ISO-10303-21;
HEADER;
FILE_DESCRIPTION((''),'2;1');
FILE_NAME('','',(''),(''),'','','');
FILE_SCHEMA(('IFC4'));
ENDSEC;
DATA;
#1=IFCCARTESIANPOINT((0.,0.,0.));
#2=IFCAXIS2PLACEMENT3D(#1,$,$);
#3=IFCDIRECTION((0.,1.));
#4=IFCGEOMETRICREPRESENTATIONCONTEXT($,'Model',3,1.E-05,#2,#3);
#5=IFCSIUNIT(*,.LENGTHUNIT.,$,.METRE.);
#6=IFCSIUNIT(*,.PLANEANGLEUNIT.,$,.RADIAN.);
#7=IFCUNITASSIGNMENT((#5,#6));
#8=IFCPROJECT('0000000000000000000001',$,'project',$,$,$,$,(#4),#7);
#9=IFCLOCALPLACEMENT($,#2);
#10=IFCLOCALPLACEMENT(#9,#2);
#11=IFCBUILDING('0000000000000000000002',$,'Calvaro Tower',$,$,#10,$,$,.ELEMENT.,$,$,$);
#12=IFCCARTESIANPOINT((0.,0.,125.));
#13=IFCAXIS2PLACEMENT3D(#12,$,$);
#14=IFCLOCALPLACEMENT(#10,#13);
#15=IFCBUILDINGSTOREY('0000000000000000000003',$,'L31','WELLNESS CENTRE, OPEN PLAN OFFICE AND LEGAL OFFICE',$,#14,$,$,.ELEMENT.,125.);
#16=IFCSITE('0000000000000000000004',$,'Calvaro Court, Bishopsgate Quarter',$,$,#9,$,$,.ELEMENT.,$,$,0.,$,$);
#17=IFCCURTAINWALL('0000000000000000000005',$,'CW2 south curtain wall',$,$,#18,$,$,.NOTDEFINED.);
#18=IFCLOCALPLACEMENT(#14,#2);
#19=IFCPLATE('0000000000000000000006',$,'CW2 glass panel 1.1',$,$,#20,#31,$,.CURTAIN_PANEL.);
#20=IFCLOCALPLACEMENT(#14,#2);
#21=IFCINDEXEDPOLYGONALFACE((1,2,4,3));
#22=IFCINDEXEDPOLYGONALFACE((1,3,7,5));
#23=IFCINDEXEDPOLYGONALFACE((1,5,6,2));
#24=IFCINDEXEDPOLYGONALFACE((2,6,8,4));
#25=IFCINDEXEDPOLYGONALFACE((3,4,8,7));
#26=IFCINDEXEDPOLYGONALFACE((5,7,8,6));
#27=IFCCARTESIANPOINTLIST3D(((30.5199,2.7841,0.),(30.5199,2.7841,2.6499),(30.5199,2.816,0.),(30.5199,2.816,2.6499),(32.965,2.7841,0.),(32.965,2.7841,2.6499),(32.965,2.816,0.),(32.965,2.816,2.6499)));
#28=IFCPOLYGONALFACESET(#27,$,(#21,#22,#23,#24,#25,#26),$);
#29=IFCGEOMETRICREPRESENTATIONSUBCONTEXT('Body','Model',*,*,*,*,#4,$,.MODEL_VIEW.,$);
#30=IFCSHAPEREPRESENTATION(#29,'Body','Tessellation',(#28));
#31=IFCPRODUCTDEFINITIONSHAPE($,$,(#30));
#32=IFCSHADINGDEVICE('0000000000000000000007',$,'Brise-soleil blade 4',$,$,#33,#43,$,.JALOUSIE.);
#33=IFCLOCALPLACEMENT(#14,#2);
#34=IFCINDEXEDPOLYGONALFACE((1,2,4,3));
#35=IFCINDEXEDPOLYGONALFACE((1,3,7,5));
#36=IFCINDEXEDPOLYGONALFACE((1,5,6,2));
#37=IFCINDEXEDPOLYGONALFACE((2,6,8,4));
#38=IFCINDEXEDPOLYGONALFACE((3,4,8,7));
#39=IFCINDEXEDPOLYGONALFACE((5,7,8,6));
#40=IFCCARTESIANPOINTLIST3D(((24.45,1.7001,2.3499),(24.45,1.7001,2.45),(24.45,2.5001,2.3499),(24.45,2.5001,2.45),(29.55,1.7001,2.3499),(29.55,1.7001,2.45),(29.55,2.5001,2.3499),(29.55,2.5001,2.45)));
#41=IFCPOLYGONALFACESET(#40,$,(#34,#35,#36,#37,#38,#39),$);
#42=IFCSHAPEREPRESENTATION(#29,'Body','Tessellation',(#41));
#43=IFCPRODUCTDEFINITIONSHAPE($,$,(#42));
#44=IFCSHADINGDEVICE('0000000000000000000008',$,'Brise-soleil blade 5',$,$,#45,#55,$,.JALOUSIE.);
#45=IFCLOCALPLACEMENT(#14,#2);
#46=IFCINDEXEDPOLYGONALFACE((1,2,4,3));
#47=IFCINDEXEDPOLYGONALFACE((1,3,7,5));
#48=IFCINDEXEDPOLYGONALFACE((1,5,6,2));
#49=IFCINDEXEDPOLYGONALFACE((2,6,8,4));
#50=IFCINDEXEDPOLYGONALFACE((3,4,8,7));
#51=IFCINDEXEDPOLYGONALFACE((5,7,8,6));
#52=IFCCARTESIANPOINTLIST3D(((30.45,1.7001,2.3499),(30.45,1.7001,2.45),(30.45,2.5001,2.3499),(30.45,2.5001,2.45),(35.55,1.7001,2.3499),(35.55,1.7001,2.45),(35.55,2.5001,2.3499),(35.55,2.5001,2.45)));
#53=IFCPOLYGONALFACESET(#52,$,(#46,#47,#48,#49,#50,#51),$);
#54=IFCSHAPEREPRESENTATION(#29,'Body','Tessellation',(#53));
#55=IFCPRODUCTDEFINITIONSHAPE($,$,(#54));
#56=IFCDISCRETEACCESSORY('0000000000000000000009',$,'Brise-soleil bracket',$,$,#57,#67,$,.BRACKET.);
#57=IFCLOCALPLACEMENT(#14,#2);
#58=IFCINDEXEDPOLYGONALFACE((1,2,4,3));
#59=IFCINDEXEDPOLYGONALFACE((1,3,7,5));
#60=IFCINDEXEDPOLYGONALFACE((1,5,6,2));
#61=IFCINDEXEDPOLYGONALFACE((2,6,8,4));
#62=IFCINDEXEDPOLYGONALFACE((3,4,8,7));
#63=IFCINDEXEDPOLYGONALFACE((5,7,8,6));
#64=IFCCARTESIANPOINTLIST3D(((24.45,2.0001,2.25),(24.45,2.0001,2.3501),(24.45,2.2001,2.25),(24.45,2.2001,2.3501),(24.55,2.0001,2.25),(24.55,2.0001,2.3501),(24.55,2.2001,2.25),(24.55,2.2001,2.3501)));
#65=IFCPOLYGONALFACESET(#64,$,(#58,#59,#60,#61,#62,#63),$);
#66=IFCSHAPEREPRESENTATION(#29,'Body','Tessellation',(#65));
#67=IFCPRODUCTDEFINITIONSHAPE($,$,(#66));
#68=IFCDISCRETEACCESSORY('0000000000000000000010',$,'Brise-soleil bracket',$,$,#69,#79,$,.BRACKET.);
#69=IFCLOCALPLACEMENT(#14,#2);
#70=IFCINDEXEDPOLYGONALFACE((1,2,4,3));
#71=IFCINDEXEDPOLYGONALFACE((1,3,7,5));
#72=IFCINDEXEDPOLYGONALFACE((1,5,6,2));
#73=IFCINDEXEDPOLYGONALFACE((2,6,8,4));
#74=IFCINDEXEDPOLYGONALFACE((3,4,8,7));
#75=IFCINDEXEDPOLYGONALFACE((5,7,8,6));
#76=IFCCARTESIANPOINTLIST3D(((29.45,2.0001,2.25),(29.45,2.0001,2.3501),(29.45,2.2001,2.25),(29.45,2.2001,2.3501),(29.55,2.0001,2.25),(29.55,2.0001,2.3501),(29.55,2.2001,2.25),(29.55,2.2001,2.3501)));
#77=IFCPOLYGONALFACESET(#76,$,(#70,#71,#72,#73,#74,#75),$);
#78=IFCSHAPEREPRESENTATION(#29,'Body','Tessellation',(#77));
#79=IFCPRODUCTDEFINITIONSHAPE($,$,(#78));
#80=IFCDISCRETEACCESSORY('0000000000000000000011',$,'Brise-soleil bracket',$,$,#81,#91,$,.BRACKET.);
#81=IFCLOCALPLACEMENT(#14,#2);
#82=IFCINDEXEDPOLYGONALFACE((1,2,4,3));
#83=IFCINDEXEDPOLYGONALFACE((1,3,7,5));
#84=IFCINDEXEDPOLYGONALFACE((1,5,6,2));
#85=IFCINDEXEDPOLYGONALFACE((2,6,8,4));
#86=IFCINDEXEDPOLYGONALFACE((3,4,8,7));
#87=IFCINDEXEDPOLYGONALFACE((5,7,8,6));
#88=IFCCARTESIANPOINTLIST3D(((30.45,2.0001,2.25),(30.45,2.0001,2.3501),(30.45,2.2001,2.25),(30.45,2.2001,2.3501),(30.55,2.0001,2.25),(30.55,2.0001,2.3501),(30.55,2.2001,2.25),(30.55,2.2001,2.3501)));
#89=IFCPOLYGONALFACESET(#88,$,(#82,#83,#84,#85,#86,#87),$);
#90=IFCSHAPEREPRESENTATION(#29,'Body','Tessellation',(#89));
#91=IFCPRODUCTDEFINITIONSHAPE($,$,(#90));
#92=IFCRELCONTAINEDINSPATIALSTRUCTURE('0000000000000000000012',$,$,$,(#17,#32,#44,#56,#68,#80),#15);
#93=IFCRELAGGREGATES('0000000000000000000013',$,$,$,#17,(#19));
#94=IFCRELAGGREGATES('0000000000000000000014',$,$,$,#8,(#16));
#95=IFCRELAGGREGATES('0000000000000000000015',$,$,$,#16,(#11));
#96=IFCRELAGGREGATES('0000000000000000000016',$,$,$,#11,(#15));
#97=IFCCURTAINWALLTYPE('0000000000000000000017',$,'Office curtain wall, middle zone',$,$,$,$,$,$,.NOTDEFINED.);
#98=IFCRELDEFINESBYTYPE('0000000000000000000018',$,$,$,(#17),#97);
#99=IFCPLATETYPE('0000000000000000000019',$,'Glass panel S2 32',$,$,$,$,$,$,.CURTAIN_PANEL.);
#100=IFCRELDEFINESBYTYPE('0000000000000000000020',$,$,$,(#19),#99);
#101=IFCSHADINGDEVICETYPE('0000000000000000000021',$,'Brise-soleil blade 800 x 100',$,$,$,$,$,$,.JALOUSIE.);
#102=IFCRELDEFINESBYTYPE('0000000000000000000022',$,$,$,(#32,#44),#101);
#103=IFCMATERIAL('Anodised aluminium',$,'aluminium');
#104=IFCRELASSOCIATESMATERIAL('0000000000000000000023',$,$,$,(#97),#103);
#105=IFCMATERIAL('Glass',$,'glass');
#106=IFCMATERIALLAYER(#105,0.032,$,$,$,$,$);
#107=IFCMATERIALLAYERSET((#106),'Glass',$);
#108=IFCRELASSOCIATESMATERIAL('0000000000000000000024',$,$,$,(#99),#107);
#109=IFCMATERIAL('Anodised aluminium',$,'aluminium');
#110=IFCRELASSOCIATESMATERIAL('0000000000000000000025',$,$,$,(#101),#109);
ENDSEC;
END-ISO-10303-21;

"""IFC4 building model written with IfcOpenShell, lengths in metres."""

from ifc_helpers import new_model, si_unit, direction, frame, origin, origin_2d, place, context, subcontext, project, spatial, rectangle, extrude, material, layer, layer_set, material_profile, profile_set, type_object, element, aggregate, save


model = new_model("IFC4")

# Units and contexts
model_context = context("Model", 3, precision=1e-05, world=origin(), true_north=direction((0.0, 1.0)))
body_context = subcontext(model_context, "Body", "Model", "MODEL_VIEW")
ifc_project = project(units=[si_unit("LENGTHUNIT", "METRE"), si_unit("PLANEANGLEUNIT", "RADIAN")], contexts=[model_context])

# Site, building, storey
site_placement = place(None, origin())
site = spatial("IfcSite", under=ifc_project, at=site_placement, Name="Calvaro Court, Bishopsgate Quarter", CompositionType="ELEMENT", RefElevation=0.0)
building_placement = place(site_placement, origin())
building = spatial("IfcBuilding", under=site, at=building_placement, Name="Calvaro Tower", CompositionType="ELEMENT")
storey_placement = place(building_placement, frame((0.0, 0.0, 125.0)))
storey = spatial("IfcBuildingStorey", under=building, at=storey_placement, Name="L31", Description="WELLNESS CENTRE, OPEN PLAN OFFICE AND LEGAL OFFICE", CompositionType="ELEMENT", Elevation=125.0)

# Shared definitions
ifc_material_1 = material(Name="Anodised aluminium", Category="aluminium")
curtain_wall_type = type_object("IfcCurtainWallType", Name="Office curtain wall, middle zone", PredefinedType="NOTDEFINED", material=ifc_material_1)

# Curtain wall
curtain_wall_1_placement = place(storey_placement, origin())
curtain_wall_1 = element("IfcCurtainWall", 1, at=curtain_wall_1_placement, inside=storey, type_object=curtain_wall_type, Name="CW2 south curtain wall", PredefinedType="NOTDEFINED")

# Plate
ifc_material_2 = material(Name="Glass", Category="glass")
ifc_layer = layer(ifc_material_2, 0.032)
ifc_layer_set = layer_set([ifc_layer], Name="Glass")
plate_type = type_object("IfcPlateType", Name="Glass panel S2 32", PredefinedType="CURTAIN_PANEL", material=ifc_layer_set)
plate_1_placement = place(storey_placement, frame((31.7424, 2.8, 0.0), z_axis=(0.0, 0.0, 1.0), x_axis=(1.0, 0.0, 0.0)))
plate_1 = element("IfcPlate", 2, at=plate_1_placement, type_object=plate_type, Name="CW2 glass panel 1.1", PredefinedType="CURTAIN_PANEL", context=body_context, shape_type="SweptSolid", body=[
    extrude(rectangle(XDim=2.4451, YDim=0.032, at=origin_2d()), origin(), (0.0, 0.0, 1.0), 2.6499),
])
aggregate(curtain_wall_1, [plate_1])

# Shading devices
ifc_material_3 = material(Name="Anodised aluminium", Category="aluminium")
ifc_material_profile_1 = material_profile(ifc_material_3, rectangle(XDim=0.8, YDim=0.1001, at=origin_2d()), Name="Brise-soleil blade 800 x 100")
ifc_profile_set_1 = profile_set([ifc_material_profile_1], Name="Anodised aluminium")
shading_device_type = type_object("IfcShadingDeviceType", Name="Brise-soleil blade 800 x 100", PredefinedType="JALOUSIE", material=ifc_profile_set_1)
for number, where, z_axis, x_axis, name in (
    (3, (24.45, 2.1001, 2.3999), (1.0, 0.0, 0.0), (0.0, 1.0, 0.0), "Brise-soleil blade 4"),
    (4, (30.45, 2.1001, 2.3999), (1.0, 0.0, 0.0), (0.0, 1.0, 0.0), "Brise-soleil blade 5"),
):
    element("IfcShadingDevice", number, at=place(storey_placement, frame(where, z_axis=z_axis, x_axis=x_axis)), inside=storey, type_object=shading_device_type, Name=name, PredefinedType="JALOUSIE", context=body_context, shape_type="SweptSolid", body=[
        extrude(rectangle(XDim=0.8, YDim=0.1001, at=origin_2d()), origin(), (0.0, 0.0, 1.0), 5.1001),
    ])

# Discrete accessories
for number, where, z_axis, x_axis, name in (
    (5, (24.5, 2.1001, 2.25), (0.0, 0.0, 1.0), (1.0, 0.0, 0.0), "Brise-soleil bracket"),
    (6, (29.5, 2.1001, 2.25), (0.0, 0.0, 1.0), (1.0, 0.0, 0.0), "Brise-soleil bracket"),
    (7, (30.5, 2.1001, 2.25), (0.0, 0.0, 1.0), (1.0, 0.0, 0.0), "Brise-soleil bracket"),
):
    element("IfcDiscreteAccessory", number, at=place(storey_placement, frame(where, z_axis=z_axis, x_axis=x_axis)), inside=storey, Name=name, PredefinedType="BRACKET", context=body_context, shape_type="SweptSolid", body=[
        extrude(rectangle(XDim=0.1001, YDim=0.2, at=origin_2d()), origin(), (0.0, 0.0, 1.0), 0.1001),
    ])

save(model, "model.ifc")
